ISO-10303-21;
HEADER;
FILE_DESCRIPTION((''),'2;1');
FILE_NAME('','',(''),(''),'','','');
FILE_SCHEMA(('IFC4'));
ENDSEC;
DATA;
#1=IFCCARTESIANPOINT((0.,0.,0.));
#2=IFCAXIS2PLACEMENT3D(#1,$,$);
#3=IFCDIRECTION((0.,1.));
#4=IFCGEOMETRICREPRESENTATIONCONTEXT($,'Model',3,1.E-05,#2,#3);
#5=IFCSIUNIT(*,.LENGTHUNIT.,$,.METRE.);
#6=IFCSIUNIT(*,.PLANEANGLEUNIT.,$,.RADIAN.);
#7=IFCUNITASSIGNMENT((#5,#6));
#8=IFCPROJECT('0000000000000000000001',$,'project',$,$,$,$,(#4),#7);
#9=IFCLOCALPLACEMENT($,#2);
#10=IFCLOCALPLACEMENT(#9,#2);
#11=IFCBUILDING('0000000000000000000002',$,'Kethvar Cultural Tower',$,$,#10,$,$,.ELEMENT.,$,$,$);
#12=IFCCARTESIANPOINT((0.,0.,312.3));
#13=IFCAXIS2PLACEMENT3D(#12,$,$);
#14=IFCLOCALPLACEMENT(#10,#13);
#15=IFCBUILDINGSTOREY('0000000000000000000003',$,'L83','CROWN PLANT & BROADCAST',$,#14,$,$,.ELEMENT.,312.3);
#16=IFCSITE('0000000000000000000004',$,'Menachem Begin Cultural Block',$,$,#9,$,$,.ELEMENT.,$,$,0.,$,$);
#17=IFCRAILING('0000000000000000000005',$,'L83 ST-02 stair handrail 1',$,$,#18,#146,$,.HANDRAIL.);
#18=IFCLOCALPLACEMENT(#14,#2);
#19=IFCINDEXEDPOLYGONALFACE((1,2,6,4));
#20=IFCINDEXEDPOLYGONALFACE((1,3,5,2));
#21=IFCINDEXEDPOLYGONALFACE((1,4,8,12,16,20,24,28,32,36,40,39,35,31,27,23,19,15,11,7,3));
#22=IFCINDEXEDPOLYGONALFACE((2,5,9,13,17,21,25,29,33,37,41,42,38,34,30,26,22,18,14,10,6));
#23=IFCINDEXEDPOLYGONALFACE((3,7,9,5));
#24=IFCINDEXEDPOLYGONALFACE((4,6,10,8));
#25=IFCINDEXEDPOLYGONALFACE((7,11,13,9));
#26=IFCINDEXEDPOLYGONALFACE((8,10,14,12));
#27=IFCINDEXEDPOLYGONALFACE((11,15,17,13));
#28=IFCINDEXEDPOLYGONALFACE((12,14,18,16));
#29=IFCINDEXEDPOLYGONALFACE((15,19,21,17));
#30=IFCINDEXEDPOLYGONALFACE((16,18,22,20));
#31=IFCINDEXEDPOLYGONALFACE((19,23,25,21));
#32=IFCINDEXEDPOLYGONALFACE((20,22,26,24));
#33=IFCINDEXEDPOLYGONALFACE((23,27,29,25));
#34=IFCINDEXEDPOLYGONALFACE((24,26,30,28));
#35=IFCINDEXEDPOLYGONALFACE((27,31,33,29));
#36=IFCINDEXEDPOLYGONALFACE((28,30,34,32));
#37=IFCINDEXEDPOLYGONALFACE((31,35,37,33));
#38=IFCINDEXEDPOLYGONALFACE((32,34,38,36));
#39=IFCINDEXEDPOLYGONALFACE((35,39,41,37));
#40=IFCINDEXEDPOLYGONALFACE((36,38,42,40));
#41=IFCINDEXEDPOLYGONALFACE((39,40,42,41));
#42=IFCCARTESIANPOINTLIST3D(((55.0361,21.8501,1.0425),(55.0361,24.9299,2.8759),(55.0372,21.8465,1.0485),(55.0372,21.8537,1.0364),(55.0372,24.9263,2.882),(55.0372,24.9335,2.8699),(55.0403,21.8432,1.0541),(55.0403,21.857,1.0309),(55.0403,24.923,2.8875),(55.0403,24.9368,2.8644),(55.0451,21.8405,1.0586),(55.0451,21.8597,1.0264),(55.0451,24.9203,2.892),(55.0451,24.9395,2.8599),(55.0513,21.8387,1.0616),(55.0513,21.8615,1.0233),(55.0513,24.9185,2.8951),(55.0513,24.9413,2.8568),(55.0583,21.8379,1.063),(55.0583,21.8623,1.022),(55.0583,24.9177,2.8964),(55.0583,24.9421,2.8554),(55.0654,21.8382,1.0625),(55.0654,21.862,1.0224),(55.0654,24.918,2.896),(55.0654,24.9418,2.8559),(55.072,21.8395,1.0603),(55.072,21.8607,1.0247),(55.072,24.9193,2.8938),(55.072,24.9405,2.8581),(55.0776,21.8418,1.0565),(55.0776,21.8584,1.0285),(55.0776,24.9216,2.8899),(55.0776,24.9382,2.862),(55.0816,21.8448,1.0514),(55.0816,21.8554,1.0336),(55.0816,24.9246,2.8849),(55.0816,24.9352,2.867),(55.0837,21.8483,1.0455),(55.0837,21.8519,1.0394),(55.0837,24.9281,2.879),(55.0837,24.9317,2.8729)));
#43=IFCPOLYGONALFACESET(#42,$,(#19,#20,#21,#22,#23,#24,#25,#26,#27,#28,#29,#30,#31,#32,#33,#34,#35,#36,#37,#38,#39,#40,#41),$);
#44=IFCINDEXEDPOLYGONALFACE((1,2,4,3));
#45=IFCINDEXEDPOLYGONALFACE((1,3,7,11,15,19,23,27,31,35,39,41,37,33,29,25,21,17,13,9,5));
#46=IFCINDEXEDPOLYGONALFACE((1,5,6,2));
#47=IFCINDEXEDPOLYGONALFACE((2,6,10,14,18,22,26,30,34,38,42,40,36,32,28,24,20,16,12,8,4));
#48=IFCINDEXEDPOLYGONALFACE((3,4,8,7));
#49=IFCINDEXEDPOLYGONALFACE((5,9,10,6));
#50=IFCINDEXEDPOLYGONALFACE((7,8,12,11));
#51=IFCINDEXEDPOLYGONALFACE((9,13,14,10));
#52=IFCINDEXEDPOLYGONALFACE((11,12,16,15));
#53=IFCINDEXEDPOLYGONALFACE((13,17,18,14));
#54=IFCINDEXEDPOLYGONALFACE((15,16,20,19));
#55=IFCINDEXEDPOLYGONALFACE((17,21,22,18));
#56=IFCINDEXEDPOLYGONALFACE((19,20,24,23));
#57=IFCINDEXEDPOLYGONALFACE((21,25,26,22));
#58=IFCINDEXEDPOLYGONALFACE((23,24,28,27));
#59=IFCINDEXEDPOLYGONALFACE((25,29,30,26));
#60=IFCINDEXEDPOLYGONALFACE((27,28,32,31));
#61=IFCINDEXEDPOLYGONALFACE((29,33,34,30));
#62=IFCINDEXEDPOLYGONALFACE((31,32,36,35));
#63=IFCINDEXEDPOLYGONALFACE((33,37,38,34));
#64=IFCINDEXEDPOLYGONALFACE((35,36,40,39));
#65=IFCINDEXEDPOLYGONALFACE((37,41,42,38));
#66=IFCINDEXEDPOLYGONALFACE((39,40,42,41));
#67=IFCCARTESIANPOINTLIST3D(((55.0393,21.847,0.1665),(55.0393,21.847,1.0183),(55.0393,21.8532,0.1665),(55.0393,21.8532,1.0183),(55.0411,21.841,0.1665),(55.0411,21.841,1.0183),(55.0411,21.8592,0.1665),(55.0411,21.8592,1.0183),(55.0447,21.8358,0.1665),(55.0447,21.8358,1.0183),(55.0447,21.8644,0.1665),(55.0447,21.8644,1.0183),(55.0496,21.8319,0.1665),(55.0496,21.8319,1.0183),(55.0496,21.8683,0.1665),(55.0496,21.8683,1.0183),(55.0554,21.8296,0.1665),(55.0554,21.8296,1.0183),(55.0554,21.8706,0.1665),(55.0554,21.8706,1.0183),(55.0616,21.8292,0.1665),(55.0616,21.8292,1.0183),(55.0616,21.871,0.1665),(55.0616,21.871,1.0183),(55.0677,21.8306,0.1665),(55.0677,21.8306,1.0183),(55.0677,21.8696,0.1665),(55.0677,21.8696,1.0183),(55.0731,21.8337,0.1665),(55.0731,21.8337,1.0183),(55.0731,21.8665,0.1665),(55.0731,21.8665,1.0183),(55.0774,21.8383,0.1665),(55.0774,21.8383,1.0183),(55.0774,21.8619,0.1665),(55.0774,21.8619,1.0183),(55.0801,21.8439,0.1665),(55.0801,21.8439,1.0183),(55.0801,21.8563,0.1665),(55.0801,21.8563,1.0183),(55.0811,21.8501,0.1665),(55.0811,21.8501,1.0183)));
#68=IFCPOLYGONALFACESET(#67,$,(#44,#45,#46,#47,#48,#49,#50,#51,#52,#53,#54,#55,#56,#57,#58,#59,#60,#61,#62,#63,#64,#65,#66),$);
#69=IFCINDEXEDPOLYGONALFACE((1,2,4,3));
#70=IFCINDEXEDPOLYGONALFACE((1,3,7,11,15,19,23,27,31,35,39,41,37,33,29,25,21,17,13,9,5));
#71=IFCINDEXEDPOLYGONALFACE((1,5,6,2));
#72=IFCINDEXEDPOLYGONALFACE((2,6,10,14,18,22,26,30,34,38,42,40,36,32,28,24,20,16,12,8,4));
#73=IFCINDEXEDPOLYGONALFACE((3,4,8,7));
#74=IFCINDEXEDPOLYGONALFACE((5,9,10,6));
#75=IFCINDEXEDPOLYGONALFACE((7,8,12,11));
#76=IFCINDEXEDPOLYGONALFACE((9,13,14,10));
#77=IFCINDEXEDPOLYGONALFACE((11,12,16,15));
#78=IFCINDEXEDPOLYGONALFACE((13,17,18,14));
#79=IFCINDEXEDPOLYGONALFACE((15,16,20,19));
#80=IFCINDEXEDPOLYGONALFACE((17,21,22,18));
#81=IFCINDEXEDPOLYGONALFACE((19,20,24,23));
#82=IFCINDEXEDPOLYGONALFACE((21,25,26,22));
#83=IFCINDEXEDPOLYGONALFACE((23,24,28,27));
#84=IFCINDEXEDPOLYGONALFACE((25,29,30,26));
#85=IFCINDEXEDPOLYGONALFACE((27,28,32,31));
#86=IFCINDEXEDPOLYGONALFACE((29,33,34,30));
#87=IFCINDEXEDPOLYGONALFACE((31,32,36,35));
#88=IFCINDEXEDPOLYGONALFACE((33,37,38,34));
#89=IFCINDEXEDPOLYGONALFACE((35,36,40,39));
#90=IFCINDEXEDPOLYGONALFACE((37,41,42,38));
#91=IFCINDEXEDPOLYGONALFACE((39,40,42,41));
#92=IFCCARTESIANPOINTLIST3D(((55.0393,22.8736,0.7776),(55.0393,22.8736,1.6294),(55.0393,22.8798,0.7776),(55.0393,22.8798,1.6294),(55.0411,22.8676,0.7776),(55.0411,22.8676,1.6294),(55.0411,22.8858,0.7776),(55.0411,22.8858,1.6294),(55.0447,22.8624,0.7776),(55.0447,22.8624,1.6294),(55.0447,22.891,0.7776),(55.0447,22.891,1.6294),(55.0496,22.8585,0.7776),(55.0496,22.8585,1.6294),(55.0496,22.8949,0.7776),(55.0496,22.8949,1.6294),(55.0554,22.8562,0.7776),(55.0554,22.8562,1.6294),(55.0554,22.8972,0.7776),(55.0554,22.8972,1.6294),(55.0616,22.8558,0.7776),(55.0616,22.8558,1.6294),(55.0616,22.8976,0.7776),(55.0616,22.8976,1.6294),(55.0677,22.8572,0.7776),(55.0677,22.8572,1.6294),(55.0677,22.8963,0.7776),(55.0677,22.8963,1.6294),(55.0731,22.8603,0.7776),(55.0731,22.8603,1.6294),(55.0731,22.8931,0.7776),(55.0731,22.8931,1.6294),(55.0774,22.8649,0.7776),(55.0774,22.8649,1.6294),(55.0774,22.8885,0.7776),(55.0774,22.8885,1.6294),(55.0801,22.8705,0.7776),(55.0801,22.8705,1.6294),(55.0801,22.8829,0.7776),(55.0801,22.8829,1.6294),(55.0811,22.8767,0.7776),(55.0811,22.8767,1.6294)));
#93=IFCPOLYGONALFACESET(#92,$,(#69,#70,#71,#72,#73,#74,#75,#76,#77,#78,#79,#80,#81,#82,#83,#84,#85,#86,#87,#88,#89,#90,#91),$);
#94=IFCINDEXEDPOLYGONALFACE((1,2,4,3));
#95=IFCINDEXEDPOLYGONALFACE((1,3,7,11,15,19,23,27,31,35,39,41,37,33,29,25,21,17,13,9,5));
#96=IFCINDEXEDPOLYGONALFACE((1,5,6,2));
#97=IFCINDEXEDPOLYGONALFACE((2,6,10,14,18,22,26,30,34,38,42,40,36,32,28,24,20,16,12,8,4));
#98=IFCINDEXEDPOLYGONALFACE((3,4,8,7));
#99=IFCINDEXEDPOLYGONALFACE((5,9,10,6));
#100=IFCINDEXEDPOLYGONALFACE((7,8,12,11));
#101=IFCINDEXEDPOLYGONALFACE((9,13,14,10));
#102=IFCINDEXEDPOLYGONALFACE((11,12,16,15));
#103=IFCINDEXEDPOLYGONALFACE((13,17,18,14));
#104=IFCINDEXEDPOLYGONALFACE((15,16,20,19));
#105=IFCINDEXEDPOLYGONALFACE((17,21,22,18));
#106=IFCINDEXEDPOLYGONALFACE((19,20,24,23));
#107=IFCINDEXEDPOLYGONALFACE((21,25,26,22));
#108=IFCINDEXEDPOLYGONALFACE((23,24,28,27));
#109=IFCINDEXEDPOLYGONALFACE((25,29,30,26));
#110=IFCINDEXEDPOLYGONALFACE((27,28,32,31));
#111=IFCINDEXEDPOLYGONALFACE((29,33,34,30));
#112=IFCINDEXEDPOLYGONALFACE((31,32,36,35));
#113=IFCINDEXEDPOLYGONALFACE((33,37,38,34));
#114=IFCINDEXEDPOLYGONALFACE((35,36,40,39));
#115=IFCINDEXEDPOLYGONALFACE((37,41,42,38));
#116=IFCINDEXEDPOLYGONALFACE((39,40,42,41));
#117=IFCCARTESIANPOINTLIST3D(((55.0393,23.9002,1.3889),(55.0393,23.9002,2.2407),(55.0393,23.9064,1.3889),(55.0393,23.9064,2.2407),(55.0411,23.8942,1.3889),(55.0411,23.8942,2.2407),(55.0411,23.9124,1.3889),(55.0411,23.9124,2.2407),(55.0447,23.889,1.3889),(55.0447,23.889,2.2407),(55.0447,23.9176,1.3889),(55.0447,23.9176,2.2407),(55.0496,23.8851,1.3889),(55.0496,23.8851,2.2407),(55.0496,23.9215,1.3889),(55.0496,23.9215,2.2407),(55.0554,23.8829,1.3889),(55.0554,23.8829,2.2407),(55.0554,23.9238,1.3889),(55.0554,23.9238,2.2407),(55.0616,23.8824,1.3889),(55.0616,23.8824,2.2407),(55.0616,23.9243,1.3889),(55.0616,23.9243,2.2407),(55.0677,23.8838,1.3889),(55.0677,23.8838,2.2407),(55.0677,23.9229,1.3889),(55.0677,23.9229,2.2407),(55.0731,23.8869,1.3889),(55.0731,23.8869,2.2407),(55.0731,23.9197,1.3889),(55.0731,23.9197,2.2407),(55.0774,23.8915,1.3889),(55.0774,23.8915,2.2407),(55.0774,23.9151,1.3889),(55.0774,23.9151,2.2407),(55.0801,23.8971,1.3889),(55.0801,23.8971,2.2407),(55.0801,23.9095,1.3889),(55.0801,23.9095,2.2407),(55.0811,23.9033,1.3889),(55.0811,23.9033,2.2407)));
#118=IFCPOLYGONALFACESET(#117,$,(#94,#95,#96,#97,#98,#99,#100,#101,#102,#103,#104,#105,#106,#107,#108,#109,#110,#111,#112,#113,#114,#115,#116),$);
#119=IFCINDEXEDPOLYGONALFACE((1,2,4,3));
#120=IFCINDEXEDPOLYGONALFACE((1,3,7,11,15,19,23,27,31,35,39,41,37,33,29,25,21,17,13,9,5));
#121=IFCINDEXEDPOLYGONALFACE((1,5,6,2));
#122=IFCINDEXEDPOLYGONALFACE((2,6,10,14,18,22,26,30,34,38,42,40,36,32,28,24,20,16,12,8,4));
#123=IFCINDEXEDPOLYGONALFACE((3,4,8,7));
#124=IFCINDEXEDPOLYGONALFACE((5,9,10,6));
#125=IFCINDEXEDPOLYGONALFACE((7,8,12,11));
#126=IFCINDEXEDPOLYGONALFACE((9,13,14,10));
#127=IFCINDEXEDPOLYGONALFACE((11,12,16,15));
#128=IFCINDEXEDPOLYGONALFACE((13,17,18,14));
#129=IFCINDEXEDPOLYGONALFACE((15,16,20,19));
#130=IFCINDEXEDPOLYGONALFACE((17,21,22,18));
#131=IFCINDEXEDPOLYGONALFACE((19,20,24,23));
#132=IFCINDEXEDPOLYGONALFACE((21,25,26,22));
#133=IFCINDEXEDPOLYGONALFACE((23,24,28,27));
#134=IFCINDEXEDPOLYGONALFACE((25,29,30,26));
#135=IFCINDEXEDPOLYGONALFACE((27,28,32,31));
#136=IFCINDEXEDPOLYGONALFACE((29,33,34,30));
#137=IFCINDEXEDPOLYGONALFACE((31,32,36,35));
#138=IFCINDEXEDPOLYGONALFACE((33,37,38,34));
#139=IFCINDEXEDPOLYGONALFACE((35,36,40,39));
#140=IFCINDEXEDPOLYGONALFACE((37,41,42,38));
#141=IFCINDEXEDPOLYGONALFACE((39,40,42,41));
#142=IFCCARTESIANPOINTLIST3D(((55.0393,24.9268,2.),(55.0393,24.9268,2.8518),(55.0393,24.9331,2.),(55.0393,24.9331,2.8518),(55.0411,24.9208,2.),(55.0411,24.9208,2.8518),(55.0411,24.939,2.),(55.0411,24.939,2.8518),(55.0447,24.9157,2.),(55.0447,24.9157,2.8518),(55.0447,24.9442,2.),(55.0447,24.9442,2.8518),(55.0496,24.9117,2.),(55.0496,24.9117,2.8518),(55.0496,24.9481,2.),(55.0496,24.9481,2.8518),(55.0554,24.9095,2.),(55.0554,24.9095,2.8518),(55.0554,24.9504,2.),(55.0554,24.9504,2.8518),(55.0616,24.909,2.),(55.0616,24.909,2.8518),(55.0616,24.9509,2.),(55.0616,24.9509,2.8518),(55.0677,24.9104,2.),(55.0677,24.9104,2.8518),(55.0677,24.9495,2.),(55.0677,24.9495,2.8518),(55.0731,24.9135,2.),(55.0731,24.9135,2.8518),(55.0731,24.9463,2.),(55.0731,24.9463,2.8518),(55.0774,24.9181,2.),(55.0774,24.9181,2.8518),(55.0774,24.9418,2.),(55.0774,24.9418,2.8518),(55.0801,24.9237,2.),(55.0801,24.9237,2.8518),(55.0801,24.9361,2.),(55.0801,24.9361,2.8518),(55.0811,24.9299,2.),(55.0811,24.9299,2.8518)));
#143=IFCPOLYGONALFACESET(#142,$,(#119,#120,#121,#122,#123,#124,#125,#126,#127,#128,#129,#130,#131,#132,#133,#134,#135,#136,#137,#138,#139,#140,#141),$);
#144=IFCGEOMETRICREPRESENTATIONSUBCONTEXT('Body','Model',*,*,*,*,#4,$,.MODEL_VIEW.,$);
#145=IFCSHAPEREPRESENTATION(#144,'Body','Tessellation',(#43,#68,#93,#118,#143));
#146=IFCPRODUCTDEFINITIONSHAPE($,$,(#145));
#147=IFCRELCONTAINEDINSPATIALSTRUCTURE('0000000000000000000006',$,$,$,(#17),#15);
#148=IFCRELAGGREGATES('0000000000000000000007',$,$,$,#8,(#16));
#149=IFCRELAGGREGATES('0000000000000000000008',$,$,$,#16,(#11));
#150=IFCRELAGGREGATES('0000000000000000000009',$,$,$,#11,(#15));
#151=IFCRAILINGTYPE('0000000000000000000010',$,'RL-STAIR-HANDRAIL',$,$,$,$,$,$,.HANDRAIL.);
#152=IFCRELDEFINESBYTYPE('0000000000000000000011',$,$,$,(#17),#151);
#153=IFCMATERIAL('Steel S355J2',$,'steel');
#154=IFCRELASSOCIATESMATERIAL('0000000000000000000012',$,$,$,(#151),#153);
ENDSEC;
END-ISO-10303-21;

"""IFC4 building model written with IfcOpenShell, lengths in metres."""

from ifc_helpers import new_model, si_unit, direction, frame, origin, origin_2d, place, context, subcontext, project, spatial, circle, extrude, material, type_object, element, save


model = new_model("IFC4")

# Units and contexts
model_context = context("Model", 3, precision=1e-05, world=origin(), true_north=direction((0.0, 1.0)))
body_context = subcontext(model_context, "Body", "Model", "MODEL_VIEW")
ifc_project = project(units=[si_unit("LENGTHUNIT", "METRE"), si_unit("PLANEANGLEUNIT", "RADIAN")], contexts=[model_context])

# Site, building, storey
site_placement = place(None, origin())
site = spatial("IfcSite", under=ifc_project, at=site_placement, Name="Menachem Begin Cultural Block", CompositionType="ELEMENT", RefElevation=0.0)
building_placement = place(site_placement, origin())
building = spatial("IfcBuilding", under=site, at=building_placement, Name="Kethvar Cultural Tower", CompositionType="ELEMENT")
storey_placement = place(building_placement, frame((0.0, 0.0, 312.3)))
storey = spatial("IfcBuildingStorey", under=building, at=storey_placement, Name="L83", Description="CROWN PLANT & BROADCAST", CompositionType="ELEMENT", Elevation=312.3)

# Shared definitions
ifc_material_1 = material(Name="Steel S355J2", Category="steel")

# Railing
railing_type_1 = type_object("IfcRailingType", Name="RL-STAIR-HANDRAIL", PredefinedType="HANDRAIL", material=ifc_material_1)
railing_1_placement = place(storey_placement, frame((55.0601, 21.8501, 0.1665)))
element("IfcRailing", 1, at=railing_1_placement, inside=storey, type_object=railing_type_1, Name="L83 ST-02 stair handrail 1", PredefinedType="HANDRAIL", context=body_context, shape_type="SweptSolid", body=[
    extrude(circle(Radius=0.0239, at=origin_2d()), frame((0.0, 0.0, 0.876), z_axis=(0.0, 0.859261, 0.511538), x_axis=(-1.0, 0.0, 0.0)), (0.0, 0.0, 1.0), 3.5842),
    extrude(circle(Radius=0.021, at=origin_2d()), origin(), (0.0, 0.0, 1.0), 0.8518),
    extrude(circle(Radius=0.021, at=origin_2d()), frame((0.0, 1.0266, 0.6111)), (0.0, 0.0, 1.0), 0.8518),
    extrude(circle(Radius=0.021, at=origin_2d()), frame((0.0, 2.0532, 1.2224)), (0.0, 0.0, 1.0), 0.8518),
    extrude(circle(Radius=0.021, at=origin_2d()), frame((0.0, 3.0798, 1.8335)), (0.0, 0.0, 1.0), 0.8518),
])

save(model, "model.ifc")
